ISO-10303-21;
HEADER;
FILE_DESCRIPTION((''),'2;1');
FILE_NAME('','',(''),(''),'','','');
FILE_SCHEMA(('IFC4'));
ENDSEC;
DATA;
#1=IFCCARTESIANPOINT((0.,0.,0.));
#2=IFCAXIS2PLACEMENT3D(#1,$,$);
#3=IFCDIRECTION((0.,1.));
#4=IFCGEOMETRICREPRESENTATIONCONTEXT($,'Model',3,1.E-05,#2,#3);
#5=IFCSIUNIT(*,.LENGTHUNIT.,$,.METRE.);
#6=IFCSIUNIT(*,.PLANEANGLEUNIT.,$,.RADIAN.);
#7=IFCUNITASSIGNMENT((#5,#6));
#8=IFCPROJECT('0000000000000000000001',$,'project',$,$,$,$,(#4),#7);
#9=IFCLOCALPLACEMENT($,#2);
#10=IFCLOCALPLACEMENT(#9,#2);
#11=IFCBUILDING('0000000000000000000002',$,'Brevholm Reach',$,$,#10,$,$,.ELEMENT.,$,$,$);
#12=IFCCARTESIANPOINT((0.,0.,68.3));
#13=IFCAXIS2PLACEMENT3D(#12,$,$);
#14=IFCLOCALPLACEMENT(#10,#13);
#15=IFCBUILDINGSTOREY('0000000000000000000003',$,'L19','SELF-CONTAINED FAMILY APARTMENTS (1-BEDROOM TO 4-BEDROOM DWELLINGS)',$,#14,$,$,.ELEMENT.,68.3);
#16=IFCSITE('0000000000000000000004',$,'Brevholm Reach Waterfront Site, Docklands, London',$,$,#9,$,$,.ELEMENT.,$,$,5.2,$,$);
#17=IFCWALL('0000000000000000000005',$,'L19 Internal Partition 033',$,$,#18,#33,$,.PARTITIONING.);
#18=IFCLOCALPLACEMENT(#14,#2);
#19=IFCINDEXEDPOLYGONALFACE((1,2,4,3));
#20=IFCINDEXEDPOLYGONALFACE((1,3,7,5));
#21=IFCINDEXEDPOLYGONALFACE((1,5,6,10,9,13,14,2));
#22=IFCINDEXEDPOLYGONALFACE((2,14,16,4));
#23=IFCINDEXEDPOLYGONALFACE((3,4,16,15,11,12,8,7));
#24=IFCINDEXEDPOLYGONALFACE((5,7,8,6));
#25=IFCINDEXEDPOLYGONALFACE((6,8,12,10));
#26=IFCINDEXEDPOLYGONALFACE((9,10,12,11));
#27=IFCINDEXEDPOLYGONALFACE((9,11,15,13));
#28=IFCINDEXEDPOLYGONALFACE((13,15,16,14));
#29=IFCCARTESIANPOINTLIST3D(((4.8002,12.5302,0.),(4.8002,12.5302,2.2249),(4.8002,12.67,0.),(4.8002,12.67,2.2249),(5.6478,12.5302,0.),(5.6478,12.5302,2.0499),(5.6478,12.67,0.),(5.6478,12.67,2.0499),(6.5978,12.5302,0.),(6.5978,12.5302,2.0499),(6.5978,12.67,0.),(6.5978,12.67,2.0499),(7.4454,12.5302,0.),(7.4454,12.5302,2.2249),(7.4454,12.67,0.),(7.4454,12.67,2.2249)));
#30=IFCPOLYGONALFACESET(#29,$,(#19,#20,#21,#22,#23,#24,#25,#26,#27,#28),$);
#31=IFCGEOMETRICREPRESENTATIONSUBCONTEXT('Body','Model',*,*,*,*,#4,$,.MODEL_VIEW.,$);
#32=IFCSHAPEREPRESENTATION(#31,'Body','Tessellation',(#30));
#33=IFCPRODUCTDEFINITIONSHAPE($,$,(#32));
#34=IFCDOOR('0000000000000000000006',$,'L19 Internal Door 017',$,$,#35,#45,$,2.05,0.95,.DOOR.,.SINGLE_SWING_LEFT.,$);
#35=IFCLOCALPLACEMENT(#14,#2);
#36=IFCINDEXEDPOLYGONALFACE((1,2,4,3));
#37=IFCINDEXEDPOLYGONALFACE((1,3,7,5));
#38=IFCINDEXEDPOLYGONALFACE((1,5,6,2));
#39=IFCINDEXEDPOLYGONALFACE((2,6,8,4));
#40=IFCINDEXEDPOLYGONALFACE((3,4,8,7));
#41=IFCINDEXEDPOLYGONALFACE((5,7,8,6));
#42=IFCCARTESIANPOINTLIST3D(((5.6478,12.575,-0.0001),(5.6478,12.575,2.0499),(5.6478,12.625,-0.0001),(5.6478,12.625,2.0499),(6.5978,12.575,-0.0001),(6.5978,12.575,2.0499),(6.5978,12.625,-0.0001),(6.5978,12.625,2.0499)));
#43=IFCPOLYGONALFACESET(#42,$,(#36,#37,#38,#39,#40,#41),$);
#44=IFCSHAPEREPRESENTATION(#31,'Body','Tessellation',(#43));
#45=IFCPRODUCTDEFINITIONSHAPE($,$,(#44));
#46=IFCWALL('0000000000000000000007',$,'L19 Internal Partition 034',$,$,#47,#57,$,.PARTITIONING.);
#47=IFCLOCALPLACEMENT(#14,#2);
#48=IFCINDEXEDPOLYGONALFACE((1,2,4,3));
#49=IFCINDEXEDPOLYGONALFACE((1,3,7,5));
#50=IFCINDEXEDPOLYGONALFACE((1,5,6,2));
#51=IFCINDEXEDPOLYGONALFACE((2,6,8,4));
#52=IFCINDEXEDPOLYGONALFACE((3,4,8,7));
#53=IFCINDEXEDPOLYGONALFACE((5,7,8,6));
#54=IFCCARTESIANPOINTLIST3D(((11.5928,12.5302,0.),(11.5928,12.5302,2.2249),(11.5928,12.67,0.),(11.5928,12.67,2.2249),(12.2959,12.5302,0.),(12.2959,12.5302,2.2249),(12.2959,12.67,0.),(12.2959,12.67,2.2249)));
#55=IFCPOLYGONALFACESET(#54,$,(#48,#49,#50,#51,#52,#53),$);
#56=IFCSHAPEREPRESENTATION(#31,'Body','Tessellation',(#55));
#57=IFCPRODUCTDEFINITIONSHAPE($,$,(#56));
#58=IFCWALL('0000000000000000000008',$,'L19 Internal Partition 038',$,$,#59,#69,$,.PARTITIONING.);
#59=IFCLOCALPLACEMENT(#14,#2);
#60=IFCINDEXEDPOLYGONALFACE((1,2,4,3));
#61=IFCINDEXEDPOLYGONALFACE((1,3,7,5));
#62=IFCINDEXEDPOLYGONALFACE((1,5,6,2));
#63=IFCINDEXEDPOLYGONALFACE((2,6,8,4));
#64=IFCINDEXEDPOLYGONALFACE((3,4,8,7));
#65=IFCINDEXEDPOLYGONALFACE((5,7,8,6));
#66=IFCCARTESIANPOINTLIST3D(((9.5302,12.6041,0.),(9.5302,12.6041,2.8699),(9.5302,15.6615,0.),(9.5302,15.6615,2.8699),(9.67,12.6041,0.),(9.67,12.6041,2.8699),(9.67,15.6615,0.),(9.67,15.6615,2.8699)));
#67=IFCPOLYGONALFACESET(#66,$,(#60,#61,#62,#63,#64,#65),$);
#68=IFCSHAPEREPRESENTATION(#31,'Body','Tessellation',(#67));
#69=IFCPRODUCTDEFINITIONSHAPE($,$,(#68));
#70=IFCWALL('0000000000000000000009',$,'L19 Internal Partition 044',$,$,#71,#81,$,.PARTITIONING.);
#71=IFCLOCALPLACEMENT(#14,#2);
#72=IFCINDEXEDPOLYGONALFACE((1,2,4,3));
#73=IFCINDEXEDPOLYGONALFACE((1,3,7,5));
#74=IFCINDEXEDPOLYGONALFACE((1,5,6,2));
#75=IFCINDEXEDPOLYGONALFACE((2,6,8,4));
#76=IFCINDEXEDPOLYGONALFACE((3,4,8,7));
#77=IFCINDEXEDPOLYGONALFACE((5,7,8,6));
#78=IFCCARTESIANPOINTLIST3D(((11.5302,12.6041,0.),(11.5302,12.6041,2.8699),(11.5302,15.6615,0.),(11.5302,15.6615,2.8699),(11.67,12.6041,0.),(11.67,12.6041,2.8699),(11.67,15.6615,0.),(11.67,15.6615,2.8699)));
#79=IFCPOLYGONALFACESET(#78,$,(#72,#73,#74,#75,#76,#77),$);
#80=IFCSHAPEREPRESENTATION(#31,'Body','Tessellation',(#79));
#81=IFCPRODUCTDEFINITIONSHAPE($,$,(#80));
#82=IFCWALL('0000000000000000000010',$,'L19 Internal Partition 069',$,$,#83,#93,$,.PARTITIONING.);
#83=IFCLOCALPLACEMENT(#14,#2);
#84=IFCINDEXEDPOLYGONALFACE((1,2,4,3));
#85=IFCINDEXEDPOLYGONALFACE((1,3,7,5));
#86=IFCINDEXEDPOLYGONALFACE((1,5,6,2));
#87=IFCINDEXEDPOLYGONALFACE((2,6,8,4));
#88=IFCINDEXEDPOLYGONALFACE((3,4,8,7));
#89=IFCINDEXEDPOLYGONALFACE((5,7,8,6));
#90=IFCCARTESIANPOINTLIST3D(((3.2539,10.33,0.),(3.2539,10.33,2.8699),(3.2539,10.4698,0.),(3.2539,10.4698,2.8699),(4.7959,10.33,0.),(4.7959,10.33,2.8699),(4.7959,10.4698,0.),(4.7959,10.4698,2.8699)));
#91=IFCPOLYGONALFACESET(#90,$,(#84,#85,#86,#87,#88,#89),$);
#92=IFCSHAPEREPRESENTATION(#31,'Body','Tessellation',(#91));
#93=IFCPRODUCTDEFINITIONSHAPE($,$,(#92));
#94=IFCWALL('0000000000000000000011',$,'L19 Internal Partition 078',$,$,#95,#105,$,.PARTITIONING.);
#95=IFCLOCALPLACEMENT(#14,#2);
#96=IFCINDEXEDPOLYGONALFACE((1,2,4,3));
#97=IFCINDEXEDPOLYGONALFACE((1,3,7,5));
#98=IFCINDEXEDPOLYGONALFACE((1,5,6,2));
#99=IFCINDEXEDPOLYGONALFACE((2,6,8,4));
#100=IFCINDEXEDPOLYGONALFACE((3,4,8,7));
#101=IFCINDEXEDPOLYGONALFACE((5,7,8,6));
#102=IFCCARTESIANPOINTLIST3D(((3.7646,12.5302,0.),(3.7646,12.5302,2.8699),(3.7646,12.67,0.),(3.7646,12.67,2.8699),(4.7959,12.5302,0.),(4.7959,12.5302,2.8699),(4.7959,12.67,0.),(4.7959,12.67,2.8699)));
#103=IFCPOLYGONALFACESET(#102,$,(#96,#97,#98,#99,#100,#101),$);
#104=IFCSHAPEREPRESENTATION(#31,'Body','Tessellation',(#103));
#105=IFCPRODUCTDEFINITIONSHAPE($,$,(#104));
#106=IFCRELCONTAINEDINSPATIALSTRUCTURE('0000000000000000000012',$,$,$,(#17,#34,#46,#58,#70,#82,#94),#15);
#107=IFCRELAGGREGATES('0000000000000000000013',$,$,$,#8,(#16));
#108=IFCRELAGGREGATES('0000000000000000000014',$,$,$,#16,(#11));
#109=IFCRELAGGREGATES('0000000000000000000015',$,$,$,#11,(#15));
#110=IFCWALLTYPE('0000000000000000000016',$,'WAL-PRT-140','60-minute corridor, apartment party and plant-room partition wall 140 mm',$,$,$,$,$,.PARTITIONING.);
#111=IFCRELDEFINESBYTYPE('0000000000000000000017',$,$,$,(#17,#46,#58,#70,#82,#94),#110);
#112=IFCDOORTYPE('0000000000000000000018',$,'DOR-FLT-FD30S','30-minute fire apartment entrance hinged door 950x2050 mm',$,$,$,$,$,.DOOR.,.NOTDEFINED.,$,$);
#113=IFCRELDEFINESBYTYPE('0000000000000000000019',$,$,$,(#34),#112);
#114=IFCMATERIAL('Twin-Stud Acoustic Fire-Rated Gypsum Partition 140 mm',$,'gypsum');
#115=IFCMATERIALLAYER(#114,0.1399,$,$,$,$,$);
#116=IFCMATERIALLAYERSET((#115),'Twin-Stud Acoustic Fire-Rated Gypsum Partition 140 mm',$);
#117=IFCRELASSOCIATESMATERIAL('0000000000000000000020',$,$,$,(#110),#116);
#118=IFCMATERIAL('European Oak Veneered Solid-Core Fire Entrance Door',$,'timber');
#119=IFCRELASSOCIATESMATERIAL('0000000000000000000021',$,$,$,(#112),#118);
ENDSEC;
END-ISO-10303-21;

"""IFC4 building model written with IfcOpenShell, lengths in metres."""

from ifc_helpers import new_model, si_unit, direction, frame, frame_2d, origin, place, context, subcontext, project, spatial, rectangle, extrude, material, layer, layer_set, type_object, element, fill, save


model = new_model("IFC4")

# Units and contexts
model_context = context("Model", 3, precision=1e-05, world=origin(), true_north=direction((0.0, 1.0)))
body_context = subcontext(model_context, "Body", "Model", "MODEL_VIEW")
ifc_project = project(units=[si_unit("LENGTHUNIT", "METRE"), si_unit("PLANEANGLEUNIT", "RADIAN")], contexts=[model_context])

# Site, building, storey
site_placement = place(None, origin())
site = spatial("IfcSite", under=ifc_project, at=site_placement, Name="Brevholm Reach Waterfront Site, Docklands, London", CompositionType="ELEMENT", RefElevation=5.2)
building_placement = place(site_placement, origin())
building = spatial("IfcBuilding", under=site, at=building_placement, Name="Brevholm Reach", CompositionType="ELEMENT")
storey_placement = place(building_placement, frame((0.0, 0.0, 68.3)))
storey = spatial("IfcBuildingStorey", under=building, at=storey_placement, Name="L19", Description="SELF-CONTAINED FAMILY APARTMENTS (1-BEDROOM TO 4-BEDROOM DWELLINGS)", CompositionType="ELEMENT", Elevation=68.3)

# Shared definitions
ifc_material_1 = material(Name="Twin-Stud Acoustic Fire-Rated Gypsum Partition 140 mm", Category="gypsum")
ifc_layer_1 = layer(ifc_material_1, 0.1399)
ifc_layer_set_1 = layer_set([ifc_layer_1], Name="Twin-Stud Acoustic Fire-Rated Gypsum Partition 140 mm")
wall_type_1 = type_object("IfcWallType", Name="WAL-PRT-140", Description="60-minute corridor, apartment party and plant-room partition wall 140 mm", PredefinedType="PARTITIONING", material=ifc_layer_set_1)

# Shared definitions
ifc_material_2 = material(Name="European Oak Veneered Solid-Core Fire Entrance Door", Category="timber")
door_type_1 = type_object("IfcDoorType", Name="DOR-FLT-FD30S", Description="30-minute fire apartment entrance hinged door 950x2050 mm", OperationType="NOTDEFINED", PredefinedType="DOOR", material=ifc_material_2)

# Wall, opening, door
wall_1_placement = place(storey_placement, frame((4.8, 12.6001, 0.0), z_axis=(0.0, 0.0, 1.0), x_axis=(1.0, 0.0, 0.0)))
wall_1 = element("IfcWall", 1, at=wall_1_placement, inside=storey, type_object=wall_type_1, Name="L19 Internal Partition 033", PredefinedType="PARTITIONING", context=body_context, shape_type="SweptSolid", body=[
    extrude(rectangle(XDim=2.6453, YDim=0.1399, at=frame_2d((1.3228, 0.0))), origin(), (0.0, 0.0, 1.0), 2.2249),
])
opening_1_placement = place(wall_1_placement, frame((0.8477, 0.0, 0.0)))
opening_1 = element("IfcOpeningElement", 2, at=opening_1_placement, cuts=wall_1, PredefinedType="OPENING", context=body_context, shape_type="SweptSolid", body=[
    extrude(rectangle(XDim=0.95, YDim=2.05, at=frame_2d((0.4751, 1.0249))), frame((0.0, 0.0798, 0.0), z_axis=(0.0, -1.0, 0.0), x_axis=(1.0, 0.0, 0.0)), (0.0, 0.0, 1.0), 0.1599),
])
door_1_placement = place(opening_1_placement, origin())
door_1 = element("IfcDoor", 3, at=door_1_placement, inside=storey, type_object=door_type_1, Name="L19 Internal Door 017", OperationType="SINGLE_SWING_LEFT", OverallHeight=2.05, OverallWidth=0.95, PredefinedType="DOOR", context=body_context, shape_type="SweptSolid", body=[
    extrude(rectangle(XDim=0.95, YDim=2.05, at=frame_2d((0.4751, 1.0249))), frame((0.0, 0.0249, 0.0), z_axis=(0.0, -1.0, 0.0), x_axis=(1.0, 0.0, 0.0)), (0.0, 0.0, 1.0), 0.05),
])
fill(opening_1, door_1)

# Walls
wall_2_placement = place(storey_placement, frame((11.5928, 12.6001, 0.0), z_axis=(0.0, 0.0, 1.0), x_axis=(1.0, 0.0, 0.0)))
element("IfcWall", 4, at=wall_2_placement, inside=storey, type_object=wall_type_1, Name="L19 Internal Partition 034", PredefinedType="PARTITIONING", context=body_context, shape_type="SweptSolid", body=[
    extrude(rectangle(XDim=0.7031, YDim=0.1399, at=frame_2d((0.3516, 0.0))), origin(), (0.0, 0.0, 1.0), 2.2249),
])
for number, where, z_axis, x_axis, name in (
    (5, (9.6001, 12.604, 0.0), (0.0, 0.0, 1.0), (0.0, 1.0, 0.0), "L19 Internal Partition 038"),
    (6, (11.6001, 12.604, 0.0), (0.0, 0.0, 1.0), (0.0, 1.0, 0.0), "L19 Internal Partition 044"),
):
    element("IfcWall", number, at=place(storey_placement, frame(where, z_axis=z_axis, x_axis=x_axis)), inside=storey, type_object=wall_type_1, Name=name, PredefinedType="PARTITIONING", context=body_context, shape_type="SweptSolid", body=[
        extrude(rectangle(XDim=3.0574, YDim=0.1399, at=frame_2d((1.5288, 0.0))), origin(), (0.0, 0.0, 1.0), 2.8699),
    ])
wall_3_placement = place(storey_placement, frame((3.2539, 10.3999, 0.0), z_axis=(0.0, 0.0, 1.0), x_axis=(1.0, 0.0, 0.0)))
element("IfcWall", 7, at=wall_3_placement, inside=storey, type_object=wall_type_1, Name="L19 Internal Partition 069", PredefinedType="PARTITIONING", context=body_context, shape_type="SweptSolid", body=[
    extrude(rectangle(XDim=1.542, YDim=0.1399, at=frame_2d((0.771, 0.0))), origin(), (0.0, 0.0, 1.0), 2.8699),
])
wall_4_placement = place(storey_placement, frame((3.7646, 12.6001, 0.0), z_axis=(0.0, 0.0, 1.0), x_axis=(1.0, 0.0, 0.0)))
element("IfcWall", 8, at=wall_4_placement, inside=storey, type_object=wall_type_1, Name="L19 Internal Partition 078", PredefinedType="PARTITIONING", context=body_context, shape_type="SweptSolid", body=[
    extrude(rectangle(XDim=1.0312, YDim=0.1399, at=frame_2d((0.5156, 0.0))), origin(), (0.0, 0.0, 1.0), 2.8699),
])

save(model, "model.ifc")
